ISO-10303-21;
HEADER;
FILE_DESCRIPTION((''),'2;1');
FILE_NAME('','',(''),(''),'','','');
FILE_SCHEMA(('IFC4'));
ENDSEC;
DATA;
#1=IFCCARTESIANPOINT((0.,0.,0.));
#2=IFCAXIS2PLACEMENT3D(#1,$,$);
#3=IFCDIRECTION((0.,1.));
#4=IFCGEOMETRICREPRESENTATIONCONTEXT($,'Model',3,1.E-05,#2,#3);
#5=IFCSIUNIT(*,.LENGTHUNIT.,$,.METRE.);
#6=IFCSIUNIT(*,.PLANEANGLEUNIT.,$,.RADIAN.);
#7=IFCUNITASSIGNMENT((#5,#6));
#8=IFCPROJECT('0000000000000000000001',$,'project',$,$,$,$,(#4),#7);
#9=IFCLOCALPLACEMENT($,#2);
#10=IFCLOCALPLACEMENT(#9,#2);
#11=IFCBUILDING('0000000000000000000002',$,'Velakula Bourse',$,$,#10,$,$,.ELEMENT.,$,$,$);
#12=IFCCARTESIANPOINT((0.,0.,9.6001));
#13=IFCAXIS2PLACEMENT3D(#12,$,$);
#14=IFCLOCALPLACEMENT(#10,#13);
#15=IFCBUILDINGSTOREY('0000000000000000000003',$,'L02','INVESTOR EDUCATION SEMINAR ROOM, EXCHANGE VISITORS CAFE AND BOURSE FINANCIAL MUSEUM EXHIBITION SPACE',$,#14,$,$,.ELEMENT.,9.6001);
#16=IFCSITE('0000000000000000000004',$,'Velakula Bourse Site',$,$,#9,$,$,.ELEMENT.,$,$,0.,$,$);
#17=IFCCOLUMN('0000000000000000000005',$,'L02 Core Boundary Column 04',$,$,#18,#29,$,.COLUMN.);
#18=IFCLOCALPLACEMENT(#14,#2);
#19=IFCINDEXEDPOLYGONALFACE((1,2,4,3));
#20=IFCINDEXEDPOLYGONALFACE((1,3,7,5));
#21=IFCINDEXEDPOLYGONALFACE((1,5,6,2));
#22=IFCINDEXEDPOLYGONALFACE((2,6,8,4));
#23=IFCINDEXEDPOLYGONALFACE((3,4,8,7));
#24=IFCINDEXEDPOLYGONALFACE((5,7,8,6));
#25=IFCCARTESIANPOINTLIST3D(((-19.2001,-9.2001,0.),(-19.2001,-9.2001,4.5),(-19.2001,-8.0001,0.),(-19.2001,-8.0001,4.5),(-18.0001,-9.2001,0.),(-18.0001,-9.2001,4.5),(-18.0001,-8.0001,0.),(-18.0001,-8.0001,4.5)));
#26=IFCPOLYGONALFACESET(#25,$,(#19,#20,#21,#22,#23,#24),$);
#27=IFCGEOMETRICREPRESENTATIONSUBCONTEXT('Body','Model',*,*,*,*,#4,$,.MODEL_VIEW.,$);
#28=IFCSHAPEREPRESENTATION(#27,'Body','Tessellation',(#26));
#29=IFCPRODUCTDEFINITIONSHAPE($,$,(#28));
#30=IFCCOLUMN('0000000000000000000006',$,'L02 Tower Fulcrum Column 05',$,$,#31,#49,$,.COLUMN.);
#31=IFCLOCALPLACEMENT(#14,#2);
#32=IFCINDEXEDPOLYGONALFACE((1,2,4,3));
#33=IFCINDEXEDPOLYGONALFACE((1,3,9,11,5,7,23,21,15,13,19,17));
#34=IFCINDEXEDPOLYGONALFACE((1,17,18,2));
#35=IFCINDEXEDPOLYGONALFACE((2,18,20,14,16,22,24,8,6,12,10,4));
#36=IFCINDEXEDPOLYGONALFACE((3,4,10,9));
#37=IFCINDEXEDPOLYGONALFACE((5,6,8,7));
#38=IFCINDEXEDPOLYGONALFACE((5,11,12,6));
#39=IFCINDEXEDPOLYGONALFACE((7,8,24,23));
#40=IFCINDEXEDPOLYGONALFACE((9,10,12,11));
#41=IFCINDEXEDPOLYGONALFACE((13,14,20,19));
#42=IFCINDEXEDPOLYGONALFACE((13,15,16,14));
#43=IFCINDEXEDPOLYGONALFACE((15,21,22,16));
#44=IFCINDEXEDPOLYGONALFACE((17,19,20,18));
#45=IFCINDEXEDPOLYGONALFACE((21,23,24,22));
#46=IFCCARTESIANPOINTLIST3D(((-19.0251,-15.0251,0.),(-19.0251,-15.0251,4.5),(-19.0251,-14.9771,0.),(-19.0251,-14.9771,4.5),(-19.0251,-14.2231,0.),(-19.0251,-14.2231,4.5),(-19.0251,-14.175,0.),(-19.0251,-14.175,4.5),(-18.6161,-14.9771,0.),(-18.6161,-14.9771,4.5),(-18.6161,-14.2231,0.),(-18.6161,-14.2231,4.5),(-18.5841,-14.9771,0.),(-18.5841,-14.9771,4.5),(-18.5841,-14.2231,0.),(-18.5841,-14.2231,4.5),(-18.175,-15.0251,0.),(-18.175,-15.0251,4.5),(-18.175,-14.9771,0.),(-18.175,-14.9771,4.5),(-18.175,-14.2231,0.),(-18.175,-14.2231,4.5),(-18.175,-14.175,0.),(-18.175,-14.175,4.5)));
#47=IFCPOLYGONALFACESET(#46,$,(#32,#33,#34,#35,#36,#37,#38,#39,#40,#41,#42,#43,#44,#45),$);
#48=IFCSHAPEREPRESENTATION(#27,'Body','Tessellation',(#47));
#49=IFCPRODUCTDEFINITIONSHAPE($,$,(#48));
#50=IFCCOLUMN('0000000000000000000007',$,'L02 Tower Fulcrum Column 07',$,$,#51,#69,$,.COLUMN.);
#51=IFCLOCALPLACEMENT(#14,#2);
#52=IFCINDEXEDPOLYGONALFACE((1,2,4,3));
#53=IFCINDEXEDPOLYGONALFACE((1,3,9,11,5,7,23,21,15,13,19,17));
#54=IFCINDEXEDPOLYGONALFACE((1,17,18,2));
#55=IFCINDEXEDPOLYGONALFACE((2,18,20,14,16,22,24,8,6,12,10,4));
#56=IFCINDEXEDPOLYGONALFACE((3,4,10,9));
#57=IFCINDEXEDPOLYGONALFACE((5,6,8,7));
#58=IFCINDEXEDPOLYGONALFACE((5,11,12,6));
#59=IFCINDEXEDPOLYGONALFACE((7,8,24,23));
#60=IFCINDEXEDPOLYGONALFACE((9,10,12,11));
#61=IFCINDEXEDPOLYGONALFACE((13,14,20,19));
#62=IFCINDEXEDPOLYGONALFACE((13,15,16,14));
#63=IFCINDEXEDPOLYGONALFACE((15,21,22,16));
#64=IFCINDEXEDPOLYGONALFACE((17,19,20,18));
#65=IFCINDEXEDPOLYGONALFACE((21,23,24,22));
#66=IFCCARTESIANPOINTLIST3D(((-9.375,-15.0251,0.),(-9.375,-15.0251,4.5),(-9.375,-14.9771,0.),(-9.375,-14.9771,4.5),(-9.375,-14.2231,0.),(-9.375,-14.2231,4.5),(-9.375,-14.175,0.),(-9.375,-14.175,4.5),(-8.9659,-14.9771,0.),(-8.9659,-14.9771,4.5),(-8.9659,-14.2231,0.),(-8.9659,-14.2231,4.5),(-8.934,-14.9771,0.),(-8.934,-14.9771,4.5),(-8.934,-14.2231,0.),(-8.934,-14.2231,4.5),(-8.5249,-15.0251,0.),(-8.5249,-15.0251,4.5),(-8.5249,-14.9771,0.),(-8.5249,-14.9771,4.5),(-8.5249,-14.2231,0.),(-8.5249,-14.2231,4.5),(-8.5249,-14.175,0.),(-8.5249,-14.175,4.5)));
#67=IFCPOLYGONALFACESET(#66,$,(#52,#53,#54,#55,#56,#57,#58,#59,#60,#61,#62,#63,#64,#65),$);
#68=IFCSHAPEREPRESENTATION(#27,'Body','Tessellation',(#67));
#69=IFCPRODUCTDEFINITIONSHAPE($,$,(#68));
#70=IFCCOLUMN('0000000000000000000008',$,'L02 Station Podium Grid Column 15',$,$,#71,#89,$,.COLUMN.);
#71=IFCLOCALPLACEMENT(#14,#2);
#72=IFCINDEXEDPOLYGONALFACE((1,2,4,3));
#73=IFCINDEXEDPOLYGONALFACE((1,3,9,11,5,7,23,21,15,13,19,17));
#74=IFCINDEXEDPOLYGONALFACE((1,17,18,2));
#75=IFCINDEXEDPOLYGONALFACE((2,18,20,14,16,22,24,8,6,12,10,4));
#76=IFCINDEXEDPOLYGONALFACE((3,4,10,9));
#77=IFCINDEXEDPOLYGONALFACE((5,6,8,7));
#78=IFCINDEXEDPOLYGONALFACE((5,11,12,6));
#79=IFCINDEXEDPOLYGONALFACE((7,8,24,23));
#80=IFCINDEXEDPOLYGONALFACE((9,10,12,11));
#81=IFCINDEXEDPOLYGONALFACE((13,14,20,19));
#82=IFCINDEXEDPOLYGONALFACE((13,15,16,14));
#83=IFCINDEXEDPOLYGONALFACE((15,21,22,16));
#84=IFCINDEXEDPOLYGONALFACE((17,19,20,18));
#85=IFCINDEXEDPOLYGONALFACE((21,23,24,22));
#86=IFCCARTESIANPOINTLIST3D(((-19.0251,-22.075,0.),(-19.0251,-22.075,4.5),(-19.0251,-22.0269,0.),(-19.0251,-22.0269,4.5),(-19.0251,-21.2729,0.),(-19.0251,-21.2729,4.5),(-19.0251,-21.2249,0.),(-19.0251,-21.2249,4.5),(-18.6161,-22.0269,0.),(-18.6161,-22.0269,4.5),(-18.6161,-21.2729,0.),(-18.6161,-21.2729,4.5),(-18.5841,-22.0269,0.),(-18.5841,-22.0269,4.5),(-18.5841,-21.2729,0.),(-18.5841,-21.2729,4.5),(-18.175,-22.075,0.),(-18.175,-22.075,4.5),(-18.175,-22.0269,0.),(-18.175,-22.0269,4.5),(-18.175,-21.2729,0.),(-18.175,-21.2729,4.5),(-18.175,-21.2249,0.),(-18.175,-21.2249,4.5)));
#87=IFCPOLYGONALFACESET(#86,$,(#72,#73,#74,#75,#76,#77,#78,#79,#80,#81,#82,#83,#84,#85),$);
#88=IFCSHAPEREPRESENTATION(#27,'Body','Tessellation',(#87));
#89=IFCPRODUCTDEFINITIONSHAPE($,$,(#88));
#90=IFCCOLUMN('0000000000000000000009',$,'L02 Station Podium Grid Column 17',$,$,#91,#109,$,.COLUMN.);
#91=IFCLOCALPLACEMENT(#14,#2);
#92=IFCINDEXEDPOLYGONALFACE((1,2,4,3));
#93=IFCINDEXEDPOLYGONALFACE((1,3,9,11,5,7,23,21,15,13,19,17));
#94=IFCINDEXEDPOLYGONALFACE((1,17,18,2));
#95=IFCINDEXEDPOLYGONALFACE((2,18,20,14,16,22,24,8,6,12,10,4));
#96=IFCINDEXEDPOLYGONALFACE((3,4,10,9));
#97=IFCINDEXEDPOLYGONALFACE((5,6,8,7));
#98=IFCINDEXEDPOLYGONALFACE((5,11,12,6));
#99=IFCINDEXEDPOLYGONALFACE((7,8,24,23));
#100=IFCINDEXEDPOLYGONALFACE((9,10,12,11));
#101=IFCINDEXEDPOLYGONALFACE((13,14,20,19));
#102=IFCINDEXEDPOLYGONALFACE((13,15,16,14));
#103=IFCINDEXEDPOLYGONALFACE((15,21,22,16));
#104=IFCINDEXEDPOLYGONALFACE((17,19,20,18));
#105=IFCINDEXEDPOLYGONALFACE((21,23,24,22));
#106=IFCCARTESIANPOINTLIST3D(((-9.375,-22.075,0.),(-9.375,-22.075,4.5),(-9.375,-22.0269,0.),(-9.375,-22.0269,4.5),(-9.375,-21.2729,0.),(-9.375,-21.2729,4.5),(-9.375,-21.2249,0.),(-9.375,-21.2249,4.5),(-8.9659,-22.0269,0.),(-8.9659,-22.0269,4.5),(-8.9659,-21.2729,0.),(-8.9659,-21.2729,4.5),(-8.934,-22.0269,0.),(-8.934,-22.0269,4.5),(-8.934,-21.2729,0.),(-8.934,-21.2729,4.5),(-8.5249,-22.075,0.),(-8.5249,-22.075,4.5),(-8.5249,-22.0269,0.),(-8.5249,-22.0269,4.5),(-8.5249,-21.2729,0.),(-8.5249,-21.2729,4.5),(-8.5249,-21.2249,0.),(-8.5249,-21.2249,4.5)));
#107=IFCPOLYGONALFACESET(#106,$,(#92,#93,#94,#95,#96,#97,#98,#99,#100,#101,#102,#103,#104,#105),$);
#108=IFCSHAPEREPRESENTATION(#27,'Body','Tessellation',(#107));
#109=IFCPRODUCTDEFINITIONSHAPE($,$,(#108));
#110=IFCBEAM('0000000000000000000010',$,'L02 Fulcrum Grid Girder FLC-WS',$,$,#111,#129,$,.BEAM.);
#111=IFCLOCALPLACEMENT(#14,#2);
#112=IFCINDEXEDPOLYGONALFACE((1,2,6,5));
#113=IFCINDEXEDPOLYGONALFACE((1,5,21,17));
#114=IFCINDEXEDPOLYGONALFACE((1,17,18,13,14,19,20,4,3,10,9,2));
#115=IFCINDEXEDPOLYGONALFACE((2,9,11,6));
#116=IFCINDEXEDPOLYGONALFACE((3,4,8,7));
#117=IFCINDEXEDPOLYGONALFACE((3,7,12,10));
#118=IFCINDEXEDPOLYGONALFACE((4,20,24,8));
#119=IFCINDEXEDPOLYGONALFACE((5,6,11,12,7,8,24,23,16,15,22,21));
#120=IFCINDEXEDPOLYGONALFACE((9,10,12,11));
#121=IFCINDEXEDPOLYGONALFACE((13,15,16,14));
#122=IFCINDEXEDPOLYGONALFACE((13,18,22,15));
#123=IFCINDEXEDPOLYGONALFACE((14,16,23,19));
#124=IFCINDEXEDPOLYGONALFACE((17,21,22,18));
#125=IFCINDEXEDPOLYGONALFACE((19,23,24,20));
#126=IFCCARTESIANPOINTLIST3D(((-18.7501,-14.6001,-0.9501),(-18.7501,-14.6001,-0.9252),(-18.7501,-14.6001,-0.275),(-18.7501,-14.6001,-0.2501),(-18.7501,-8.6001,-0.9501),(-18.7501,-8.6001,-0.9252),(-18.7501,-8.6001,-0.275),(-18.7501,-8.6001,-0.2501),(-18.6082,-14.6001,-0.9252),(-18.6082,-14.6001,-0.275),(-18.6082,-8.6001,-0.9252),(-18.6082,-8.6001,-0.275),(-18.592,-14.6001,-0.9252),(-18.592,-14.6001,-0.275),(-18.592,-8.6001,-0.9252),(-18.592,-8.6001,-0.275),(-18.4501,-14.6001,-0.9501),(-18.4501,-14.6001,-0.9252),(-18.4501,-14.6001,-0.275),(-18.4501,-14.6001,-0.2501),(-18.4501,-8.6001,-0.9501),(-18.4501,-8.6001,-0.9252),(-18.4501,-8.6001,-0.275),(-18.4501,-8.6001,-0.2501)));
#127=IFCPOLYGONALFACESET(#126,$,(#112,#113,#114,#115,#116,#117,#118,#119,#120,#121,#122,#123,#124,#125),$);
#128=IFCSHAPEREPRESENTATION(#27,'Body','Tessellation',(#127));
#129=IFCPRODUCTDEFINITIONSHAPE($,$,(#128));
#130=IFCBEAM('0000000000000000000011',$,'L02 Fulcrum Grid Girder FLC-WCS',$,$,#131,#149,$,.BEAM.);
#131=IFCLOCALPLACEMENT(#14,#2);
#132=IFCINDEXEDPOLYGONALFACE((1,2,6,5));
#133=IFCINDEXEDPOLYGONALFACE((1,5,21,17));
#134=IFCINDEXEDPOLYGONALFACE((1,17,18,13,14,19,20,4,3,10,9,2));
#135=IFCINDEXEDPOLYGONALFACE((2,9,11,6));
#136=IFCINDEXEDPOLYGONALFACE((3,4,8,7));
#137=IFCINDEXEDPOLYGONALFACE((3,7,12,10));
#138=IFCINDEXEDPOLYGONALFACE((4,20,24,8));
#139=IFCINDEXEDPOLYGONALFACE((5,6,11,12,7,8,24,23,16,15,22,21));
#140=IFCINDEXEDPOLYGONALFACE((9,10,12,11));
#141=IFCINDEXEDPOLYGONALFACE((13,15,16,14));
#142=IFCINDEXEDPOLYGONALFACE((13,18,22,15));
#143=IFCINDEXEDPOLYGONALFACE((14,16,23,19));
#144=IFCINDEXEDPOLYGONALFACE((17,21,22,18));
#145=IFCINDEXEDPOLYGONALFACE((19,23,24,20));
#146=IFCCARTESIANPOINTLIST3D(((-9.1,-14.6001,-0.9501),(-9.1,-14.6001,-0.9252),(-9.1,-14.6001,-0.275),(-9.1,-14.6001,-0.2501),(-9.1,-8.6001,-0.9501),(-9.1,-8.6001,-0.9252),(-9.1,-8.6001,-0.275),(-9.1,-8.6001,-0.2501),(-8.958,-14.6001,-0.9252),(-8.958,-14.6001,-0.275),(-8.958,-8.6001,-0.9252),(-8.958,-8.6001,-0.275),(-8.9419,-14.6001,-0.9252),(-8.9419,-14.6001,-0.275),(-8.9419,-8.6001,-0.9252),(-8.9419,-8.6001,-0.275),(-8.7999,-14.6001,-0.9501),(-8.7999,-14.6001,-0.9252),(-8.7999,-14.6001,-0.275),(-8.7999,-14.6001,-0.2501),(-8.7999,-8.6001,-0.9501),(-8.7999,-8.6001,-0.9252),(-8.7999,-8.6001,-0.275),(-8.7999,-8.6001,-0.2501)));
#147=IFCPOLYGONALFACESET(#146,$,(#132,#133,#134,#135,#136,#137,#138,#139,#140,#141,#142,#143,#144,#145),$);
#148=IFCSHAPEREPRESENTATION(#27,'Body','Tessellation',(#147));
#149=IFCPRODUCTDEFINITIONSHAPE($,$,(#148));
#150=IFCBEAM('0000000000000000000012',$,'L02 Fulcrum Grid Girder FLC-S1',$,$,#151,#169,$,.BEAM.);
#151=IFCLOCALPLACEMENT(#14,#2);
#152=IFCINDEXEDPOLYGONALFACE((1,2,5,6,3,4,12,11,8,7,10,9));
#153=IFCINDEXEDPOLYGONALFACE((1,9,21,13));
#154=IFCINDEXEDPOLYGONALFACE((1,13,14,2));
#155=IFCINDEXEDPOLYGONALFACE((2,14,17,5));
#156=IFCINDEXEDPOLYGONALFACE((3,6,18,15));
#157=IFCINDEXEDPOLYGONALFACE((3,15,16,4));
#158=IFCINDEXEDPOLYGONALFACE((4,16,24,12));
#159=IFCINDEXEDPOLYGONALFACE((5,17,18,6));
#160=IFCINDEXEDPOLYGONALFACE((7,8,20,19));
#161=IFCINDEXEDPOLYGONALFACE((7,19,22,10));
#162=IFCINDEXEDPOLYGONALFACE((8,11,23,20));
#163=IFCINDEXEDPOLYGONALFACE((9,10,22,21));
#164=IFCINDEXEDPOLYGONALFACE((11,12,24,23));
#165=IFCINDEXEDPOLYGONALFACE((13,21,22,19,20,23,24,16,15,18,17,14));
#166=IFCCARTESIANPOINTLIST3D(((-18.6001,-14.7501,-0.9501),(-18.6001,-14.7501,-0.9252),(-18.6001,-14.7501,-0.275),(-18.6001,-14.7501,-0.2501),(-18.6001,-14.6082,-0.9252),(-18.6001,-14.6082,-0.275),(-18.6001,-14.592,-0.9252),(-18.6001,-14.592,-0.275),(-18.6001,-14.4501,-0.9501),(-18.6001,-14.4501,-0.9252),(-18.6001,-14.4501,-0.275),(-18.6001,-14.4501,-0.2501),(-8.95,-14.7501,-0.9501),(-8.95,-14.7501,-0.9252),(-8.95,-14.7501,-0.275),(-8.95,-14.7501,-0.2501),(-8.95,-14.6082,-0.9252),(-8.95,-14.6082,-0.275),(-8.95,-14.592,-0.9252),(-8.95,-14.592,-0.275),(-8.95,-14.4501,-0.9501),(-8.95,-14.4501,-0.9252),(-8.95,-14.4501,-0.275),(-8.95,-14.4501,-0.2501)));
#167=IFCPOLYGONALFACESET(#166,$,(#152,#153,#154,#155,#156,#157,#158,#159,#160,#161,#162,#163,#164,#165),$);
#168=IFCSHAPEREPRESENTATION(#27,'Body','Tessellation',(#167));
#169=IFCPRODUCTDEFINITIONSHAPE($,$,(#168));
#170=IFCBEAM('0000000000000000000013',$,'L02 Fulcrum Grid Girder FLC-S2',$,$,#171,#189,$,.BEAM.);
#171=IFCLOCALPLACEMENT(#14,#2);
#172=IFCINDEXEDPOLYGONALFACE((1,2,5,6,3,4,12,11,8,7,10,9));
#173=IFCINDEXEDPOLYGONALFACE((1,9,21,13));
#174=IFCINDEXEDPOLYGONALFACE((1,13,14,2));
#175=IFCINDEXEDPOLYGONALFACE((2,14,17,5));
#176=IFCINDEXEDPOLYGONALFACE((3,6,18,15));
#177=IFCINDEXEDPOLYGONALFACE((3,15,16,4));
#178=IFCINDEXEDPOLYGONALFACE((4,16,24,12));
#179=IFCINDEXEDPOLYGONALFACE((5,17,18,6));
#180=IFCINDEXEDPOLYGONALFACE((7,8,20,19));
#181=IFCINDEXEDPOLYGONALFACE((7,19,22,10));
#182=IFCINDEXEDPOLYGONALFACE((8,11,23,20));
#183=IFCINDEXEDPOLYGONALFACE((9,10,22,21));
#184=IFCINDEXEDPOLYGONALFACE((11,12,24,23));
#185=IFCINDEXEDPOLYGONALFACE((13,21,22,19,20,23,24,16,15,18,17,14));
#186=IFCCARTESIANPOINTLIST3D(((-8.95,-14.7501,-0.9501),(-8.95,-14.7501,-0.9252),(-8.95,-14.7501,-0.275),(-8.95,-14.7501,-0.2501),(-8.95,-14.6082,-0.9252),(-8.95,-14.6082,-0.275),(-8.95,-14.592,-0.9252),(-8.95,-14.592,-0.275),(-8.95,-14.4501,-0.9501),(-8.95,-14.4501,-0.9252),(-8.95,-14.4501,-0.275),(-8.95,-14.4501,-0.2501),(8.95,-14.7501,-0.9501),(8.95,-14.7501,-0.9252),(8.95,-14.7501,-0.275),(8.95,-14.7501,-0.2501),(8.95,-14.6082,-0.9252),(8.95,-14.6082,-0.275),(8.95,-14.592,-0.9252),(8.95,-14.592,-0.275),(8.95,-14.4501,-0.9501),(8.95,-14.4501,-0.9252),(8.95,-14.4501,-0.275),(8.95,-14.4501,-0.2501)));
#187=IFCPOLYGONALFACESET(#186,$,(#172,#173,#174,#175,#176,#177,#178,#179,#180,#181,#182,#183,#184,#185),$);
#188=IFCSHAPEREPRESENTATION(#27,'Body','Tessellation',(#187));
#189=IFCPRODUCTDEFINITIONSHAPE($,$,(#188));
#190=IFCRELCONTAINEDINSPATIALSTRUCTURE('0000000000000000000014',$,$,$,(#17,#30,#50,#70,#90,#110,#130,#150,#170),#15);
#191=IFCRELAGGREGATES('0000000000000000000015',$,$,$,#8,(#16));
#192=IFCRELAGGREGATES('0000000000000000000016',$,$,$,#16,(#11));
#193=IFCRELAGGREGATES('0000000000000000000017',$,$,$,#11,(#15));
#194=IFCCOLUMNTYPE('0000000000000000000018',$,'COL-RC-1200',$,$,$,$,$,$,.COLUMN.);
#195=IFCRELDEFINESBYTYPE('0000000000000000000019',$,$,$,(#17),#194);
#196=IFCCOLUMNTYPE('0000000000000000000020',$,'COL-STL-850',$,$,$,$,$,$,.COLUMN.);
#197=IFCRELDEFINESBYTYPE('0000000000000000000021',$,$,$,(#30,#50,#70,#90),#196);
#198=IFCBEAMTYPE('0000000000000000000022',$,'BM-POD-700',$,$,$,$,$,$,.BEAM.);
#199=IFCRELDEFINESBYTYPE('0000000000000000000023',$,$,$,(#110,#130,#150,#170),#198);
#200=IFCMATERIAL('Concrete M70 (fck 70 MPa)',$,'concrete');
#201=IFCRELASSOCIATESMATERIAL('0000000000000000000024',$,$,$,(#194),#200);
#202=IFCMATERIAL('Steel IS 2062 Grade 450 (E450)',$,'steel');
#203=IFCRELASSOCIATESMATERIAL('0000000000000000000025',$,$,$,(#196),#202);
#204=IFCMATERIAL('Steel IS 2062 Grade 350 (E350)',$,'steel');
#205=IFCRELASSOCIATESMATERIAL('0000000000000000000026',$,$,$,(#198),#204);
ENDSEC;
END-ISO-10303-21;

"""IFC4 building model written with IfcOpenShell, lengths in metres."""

from ifc_helpers import new_model, si_unit, direction, frame, origin, origin_2d, place, context, subcontext, project, spatial, rectangle, i_section, extrude, material, material_profile, profile_set, type_object, element, save


model = new_model("IFC4")

# Units and contexts
model_context = context("Model", 3, precision=1e-05, world=origin(), true_north=direction((0.0, 1.0)))
body_context = subcontext(model_context, "Body", "Model", "MODEL_VIEW")
ifc_project = project(units=[si_unit("LENGTHUNIT", "METRE"), si_unit("PLANEANGLEUNIT", "RADIAN")], contexts=[model_context])

# Site, building, storey
site_placement = place(None, origin())
site = spatial("IfcSite", under=ifc_project, at=site_placement, Name="Velakula Bourse Site", CompositionType="ELEMENT", RefElevation=0.0)
building_placement = place(site_placement, origin())
building = spatial("IfcBuilding", under=site, at=building_placement, Name="Velakula Bourse", CompositionType="ELEMENT")
storey_placement = place(building_placement, frame((0.0, 0.0, 9.6001)))
storey = spatial("IfcBuildingStorey", under=building, at=storey_placement, Name="L02", Description="INVESTOR EDUCATION SEMINAR ROOM, EXCHANGE VISITORS CAFE AND BOURSE FINANCIAL MUSEUM EXHIBITION SPACE", CompositionType="ELEMENT", Elevation=9.6001)

# Columns
ifc_material_1 = material(Name="Concrete M70 (fck 70 MPa)", Category="concrete")
ifc_material_profile_1 = material_profile(ifc_material_1, rectangle(XDim=1.2, YDim=1.2, at=origin_2d()), Name="Concrete M70 (fck 70 MPa)")
ifc_profile_set_1 = profile_set([ifc_material_profile_1], Name="Concrete M70 (fck 70 MPa)")
column_type_1 = type_object("IfcColumnType", Name="COL-RC-1200", PredefinedType="COLUMN", material=ifc_profile_set_1)
column_placement = place(storey_placement, frame((-18.6001, -8.6001, 0.0), z_axis=(0.0, 0.0, 1.0), x_axis=(1.0, 0.0, 0.0)))
element("IfcColumn", 1, at=column_placement, inside=storey, type_object=column_type_1, Name="L02 Core Boundary Column 04", PredefinedType="COLUMN", context=body_context, shape_type="SweptSolid", body=[
    extrude(rectangle(XDim=1.2, YDim=1.2, at=origin_2d()), origin(), (0.0, 0.0, 1.0), 4.5),
])
ifc_material_2 = material(Name="Steel IS 2062 Grade 450 (E450)", Category="steel")
ifc_material_profile_2 = material_profile(ifc_material_2, i_section(OverallWidth=0.8501, OverallDepth=0.8501, WebThickness=0.032, FlangeThickness=0.0481, at=origin_2d()), Name="Steel IS 2062 Grade 450 (E450)")
ifc_profile_set_2 = profile_set([ifc_material_profile_2], Name="Steel IS 2062 Grade 450 (E450)")
column_type_2 = type_object("IfcColumnType", Name="COL-STL-850", PredefinedType="COLUMN", material=ifc_profile_set_2)
for number, where, z_axis, x_axis, name in (
    (2, (-18.6001, -14.6001, 0.0), (0.0, 0.0, 1.0), (1.0, 0.0, 0.0), "L02 Tower Fulcrum Column 05"),
    (3, (-8.95, -14.6001, 0.0), (0.0, 0.0, 1.0), (1.0, 0.0, 0.0), "L02 Tower Fulcrum Column 07"),
    (4, (-18.6001, -21.6499, 0.0), (0.0, 0.0, 1.0), (1.0, 0.0, 0.0), "L02 Station Podium Grid Column 15"),
    (5, (-8.95, -21.6499, 0.0), (0.0, 0.0, 1.0), (1.0, 0.0, 0.0), "L02 Station Podium Grid Column 17"),
):
    element("IfcColumn", number, at=place(storey_placement, frame(where, z_axis=z_axis, x_axis=x_axis)), inside=storey, type_object=column_type_2, Name=name, PredefinedType="COLUMN", context=body_context, shape_type="SweptSolid", body=[
        extrude(i_section(OverallWidth=0.8501, OverallDepth=0.8501, WebThickness=0.032, FlangeThickness=0.0481, at=origin_2d()), origin(), (0.0, 0.0, 1.0), 4.5),
    ])

# Beams
ifc_material_3 = material(Name="Steel IS 2062 Grade 350 (E350)", Category="steel")
ifc_material_profile_3 = material_profile(ifc_material_3, i_section(OverallWidth=0.3, OverallDepth=0.7, WebThickness=0.0161, FlangeThickness=0.0249, at=origin_2d()), Name="Steel IS 2062 Grade 350 (E350)")
ifc_profile_set_3 = profile_set([ifc_material_profile_3], Name="Steel IS 2062 Grade 350 (E350)")
beam_type_1 = type_object("IfcBeamType", Name="BM-POD-700", PredefinedType="BEAM", material=ifc_profile_set_3)
for number, where, z_axis, x_axis, name in (
    (6, (-18.6001, -14.6001, -0.6001), (0.0, 1.0, 0.0), (-1.0, 0.0, 0.0), "L02 Fulcrum Grid Girder FLC-WS"),
    (7, (-8.95, -14.6001, -0.6001), (0.0, 1.0, 0.0), (-1.0, 0.0, 0.0), "L02 Fulcrum Grid Girder FLC-WCS"),
):
    element("IfcBeam", number, at=place(storey_placement, frame(where, z_axis=z_axis, x_axis=x_axis)), inside=storey, type_object=beam_type_1, Name=name, PredefinedType="BEAM", context=body_context, shape_type="SweptSolid", body=[
        extrude(i_section(OverallWidth=0.3, OverallDepth=0.7, WebThickness=0.0161, FlangeThickness=0.0249, at=origin_2d()), origin(), (0.0, 0.0, 1.0), 6.0),
    ])
beam_1_placement = place(storey_placement, frame((-18.6001, -14.6001, -0.6001), z_axis=(1.0, 0.0, 0.0), x_axis=(0.0, 1.0, 0.0)))
element("IfcBeam", 8, at=beam_1_placement, inside=storey, type_object=beam_type_1, Name="L02 Fulcrum Grid Girder FLC-S1", PredefinedType="BEAM", context=body_context, shape_type="SweptSolid", body=[
    extrude(i_section(OverallWidth=0.3, OverallDepth=0.7, WebThickness=0.0161, FlangeThickness=0.0249, at=origin_2d()), origin(), (0.0, 0.0, 1.0), 9.6501),
])
beam_2_placement = place(storey_placement, frame((-8.95, -14.6001, -0.6001), z_axis=(1.0, 0.0, 0.0), x_axis=(0.0, 1.0, 0.0)))
element("IfcBeam", 9, at=beam_2_placement, inside=storey, type_object=beam_type_1, Name="L02 Fulcrum Grid Girder FLC-S2", PredefinedType="BEAM", context=body_context, shape_type="SweptSolid", body=[
    extrude(i_section(OverallWidth=0.3, OverallDepth=0.7, WebThickness=0.0161, FlangeThickness=0.0249, at=origin_2d()), origin(), (0.0, 0.0, 1.0), 17.8999),
])

save(model, "model.ifc")
